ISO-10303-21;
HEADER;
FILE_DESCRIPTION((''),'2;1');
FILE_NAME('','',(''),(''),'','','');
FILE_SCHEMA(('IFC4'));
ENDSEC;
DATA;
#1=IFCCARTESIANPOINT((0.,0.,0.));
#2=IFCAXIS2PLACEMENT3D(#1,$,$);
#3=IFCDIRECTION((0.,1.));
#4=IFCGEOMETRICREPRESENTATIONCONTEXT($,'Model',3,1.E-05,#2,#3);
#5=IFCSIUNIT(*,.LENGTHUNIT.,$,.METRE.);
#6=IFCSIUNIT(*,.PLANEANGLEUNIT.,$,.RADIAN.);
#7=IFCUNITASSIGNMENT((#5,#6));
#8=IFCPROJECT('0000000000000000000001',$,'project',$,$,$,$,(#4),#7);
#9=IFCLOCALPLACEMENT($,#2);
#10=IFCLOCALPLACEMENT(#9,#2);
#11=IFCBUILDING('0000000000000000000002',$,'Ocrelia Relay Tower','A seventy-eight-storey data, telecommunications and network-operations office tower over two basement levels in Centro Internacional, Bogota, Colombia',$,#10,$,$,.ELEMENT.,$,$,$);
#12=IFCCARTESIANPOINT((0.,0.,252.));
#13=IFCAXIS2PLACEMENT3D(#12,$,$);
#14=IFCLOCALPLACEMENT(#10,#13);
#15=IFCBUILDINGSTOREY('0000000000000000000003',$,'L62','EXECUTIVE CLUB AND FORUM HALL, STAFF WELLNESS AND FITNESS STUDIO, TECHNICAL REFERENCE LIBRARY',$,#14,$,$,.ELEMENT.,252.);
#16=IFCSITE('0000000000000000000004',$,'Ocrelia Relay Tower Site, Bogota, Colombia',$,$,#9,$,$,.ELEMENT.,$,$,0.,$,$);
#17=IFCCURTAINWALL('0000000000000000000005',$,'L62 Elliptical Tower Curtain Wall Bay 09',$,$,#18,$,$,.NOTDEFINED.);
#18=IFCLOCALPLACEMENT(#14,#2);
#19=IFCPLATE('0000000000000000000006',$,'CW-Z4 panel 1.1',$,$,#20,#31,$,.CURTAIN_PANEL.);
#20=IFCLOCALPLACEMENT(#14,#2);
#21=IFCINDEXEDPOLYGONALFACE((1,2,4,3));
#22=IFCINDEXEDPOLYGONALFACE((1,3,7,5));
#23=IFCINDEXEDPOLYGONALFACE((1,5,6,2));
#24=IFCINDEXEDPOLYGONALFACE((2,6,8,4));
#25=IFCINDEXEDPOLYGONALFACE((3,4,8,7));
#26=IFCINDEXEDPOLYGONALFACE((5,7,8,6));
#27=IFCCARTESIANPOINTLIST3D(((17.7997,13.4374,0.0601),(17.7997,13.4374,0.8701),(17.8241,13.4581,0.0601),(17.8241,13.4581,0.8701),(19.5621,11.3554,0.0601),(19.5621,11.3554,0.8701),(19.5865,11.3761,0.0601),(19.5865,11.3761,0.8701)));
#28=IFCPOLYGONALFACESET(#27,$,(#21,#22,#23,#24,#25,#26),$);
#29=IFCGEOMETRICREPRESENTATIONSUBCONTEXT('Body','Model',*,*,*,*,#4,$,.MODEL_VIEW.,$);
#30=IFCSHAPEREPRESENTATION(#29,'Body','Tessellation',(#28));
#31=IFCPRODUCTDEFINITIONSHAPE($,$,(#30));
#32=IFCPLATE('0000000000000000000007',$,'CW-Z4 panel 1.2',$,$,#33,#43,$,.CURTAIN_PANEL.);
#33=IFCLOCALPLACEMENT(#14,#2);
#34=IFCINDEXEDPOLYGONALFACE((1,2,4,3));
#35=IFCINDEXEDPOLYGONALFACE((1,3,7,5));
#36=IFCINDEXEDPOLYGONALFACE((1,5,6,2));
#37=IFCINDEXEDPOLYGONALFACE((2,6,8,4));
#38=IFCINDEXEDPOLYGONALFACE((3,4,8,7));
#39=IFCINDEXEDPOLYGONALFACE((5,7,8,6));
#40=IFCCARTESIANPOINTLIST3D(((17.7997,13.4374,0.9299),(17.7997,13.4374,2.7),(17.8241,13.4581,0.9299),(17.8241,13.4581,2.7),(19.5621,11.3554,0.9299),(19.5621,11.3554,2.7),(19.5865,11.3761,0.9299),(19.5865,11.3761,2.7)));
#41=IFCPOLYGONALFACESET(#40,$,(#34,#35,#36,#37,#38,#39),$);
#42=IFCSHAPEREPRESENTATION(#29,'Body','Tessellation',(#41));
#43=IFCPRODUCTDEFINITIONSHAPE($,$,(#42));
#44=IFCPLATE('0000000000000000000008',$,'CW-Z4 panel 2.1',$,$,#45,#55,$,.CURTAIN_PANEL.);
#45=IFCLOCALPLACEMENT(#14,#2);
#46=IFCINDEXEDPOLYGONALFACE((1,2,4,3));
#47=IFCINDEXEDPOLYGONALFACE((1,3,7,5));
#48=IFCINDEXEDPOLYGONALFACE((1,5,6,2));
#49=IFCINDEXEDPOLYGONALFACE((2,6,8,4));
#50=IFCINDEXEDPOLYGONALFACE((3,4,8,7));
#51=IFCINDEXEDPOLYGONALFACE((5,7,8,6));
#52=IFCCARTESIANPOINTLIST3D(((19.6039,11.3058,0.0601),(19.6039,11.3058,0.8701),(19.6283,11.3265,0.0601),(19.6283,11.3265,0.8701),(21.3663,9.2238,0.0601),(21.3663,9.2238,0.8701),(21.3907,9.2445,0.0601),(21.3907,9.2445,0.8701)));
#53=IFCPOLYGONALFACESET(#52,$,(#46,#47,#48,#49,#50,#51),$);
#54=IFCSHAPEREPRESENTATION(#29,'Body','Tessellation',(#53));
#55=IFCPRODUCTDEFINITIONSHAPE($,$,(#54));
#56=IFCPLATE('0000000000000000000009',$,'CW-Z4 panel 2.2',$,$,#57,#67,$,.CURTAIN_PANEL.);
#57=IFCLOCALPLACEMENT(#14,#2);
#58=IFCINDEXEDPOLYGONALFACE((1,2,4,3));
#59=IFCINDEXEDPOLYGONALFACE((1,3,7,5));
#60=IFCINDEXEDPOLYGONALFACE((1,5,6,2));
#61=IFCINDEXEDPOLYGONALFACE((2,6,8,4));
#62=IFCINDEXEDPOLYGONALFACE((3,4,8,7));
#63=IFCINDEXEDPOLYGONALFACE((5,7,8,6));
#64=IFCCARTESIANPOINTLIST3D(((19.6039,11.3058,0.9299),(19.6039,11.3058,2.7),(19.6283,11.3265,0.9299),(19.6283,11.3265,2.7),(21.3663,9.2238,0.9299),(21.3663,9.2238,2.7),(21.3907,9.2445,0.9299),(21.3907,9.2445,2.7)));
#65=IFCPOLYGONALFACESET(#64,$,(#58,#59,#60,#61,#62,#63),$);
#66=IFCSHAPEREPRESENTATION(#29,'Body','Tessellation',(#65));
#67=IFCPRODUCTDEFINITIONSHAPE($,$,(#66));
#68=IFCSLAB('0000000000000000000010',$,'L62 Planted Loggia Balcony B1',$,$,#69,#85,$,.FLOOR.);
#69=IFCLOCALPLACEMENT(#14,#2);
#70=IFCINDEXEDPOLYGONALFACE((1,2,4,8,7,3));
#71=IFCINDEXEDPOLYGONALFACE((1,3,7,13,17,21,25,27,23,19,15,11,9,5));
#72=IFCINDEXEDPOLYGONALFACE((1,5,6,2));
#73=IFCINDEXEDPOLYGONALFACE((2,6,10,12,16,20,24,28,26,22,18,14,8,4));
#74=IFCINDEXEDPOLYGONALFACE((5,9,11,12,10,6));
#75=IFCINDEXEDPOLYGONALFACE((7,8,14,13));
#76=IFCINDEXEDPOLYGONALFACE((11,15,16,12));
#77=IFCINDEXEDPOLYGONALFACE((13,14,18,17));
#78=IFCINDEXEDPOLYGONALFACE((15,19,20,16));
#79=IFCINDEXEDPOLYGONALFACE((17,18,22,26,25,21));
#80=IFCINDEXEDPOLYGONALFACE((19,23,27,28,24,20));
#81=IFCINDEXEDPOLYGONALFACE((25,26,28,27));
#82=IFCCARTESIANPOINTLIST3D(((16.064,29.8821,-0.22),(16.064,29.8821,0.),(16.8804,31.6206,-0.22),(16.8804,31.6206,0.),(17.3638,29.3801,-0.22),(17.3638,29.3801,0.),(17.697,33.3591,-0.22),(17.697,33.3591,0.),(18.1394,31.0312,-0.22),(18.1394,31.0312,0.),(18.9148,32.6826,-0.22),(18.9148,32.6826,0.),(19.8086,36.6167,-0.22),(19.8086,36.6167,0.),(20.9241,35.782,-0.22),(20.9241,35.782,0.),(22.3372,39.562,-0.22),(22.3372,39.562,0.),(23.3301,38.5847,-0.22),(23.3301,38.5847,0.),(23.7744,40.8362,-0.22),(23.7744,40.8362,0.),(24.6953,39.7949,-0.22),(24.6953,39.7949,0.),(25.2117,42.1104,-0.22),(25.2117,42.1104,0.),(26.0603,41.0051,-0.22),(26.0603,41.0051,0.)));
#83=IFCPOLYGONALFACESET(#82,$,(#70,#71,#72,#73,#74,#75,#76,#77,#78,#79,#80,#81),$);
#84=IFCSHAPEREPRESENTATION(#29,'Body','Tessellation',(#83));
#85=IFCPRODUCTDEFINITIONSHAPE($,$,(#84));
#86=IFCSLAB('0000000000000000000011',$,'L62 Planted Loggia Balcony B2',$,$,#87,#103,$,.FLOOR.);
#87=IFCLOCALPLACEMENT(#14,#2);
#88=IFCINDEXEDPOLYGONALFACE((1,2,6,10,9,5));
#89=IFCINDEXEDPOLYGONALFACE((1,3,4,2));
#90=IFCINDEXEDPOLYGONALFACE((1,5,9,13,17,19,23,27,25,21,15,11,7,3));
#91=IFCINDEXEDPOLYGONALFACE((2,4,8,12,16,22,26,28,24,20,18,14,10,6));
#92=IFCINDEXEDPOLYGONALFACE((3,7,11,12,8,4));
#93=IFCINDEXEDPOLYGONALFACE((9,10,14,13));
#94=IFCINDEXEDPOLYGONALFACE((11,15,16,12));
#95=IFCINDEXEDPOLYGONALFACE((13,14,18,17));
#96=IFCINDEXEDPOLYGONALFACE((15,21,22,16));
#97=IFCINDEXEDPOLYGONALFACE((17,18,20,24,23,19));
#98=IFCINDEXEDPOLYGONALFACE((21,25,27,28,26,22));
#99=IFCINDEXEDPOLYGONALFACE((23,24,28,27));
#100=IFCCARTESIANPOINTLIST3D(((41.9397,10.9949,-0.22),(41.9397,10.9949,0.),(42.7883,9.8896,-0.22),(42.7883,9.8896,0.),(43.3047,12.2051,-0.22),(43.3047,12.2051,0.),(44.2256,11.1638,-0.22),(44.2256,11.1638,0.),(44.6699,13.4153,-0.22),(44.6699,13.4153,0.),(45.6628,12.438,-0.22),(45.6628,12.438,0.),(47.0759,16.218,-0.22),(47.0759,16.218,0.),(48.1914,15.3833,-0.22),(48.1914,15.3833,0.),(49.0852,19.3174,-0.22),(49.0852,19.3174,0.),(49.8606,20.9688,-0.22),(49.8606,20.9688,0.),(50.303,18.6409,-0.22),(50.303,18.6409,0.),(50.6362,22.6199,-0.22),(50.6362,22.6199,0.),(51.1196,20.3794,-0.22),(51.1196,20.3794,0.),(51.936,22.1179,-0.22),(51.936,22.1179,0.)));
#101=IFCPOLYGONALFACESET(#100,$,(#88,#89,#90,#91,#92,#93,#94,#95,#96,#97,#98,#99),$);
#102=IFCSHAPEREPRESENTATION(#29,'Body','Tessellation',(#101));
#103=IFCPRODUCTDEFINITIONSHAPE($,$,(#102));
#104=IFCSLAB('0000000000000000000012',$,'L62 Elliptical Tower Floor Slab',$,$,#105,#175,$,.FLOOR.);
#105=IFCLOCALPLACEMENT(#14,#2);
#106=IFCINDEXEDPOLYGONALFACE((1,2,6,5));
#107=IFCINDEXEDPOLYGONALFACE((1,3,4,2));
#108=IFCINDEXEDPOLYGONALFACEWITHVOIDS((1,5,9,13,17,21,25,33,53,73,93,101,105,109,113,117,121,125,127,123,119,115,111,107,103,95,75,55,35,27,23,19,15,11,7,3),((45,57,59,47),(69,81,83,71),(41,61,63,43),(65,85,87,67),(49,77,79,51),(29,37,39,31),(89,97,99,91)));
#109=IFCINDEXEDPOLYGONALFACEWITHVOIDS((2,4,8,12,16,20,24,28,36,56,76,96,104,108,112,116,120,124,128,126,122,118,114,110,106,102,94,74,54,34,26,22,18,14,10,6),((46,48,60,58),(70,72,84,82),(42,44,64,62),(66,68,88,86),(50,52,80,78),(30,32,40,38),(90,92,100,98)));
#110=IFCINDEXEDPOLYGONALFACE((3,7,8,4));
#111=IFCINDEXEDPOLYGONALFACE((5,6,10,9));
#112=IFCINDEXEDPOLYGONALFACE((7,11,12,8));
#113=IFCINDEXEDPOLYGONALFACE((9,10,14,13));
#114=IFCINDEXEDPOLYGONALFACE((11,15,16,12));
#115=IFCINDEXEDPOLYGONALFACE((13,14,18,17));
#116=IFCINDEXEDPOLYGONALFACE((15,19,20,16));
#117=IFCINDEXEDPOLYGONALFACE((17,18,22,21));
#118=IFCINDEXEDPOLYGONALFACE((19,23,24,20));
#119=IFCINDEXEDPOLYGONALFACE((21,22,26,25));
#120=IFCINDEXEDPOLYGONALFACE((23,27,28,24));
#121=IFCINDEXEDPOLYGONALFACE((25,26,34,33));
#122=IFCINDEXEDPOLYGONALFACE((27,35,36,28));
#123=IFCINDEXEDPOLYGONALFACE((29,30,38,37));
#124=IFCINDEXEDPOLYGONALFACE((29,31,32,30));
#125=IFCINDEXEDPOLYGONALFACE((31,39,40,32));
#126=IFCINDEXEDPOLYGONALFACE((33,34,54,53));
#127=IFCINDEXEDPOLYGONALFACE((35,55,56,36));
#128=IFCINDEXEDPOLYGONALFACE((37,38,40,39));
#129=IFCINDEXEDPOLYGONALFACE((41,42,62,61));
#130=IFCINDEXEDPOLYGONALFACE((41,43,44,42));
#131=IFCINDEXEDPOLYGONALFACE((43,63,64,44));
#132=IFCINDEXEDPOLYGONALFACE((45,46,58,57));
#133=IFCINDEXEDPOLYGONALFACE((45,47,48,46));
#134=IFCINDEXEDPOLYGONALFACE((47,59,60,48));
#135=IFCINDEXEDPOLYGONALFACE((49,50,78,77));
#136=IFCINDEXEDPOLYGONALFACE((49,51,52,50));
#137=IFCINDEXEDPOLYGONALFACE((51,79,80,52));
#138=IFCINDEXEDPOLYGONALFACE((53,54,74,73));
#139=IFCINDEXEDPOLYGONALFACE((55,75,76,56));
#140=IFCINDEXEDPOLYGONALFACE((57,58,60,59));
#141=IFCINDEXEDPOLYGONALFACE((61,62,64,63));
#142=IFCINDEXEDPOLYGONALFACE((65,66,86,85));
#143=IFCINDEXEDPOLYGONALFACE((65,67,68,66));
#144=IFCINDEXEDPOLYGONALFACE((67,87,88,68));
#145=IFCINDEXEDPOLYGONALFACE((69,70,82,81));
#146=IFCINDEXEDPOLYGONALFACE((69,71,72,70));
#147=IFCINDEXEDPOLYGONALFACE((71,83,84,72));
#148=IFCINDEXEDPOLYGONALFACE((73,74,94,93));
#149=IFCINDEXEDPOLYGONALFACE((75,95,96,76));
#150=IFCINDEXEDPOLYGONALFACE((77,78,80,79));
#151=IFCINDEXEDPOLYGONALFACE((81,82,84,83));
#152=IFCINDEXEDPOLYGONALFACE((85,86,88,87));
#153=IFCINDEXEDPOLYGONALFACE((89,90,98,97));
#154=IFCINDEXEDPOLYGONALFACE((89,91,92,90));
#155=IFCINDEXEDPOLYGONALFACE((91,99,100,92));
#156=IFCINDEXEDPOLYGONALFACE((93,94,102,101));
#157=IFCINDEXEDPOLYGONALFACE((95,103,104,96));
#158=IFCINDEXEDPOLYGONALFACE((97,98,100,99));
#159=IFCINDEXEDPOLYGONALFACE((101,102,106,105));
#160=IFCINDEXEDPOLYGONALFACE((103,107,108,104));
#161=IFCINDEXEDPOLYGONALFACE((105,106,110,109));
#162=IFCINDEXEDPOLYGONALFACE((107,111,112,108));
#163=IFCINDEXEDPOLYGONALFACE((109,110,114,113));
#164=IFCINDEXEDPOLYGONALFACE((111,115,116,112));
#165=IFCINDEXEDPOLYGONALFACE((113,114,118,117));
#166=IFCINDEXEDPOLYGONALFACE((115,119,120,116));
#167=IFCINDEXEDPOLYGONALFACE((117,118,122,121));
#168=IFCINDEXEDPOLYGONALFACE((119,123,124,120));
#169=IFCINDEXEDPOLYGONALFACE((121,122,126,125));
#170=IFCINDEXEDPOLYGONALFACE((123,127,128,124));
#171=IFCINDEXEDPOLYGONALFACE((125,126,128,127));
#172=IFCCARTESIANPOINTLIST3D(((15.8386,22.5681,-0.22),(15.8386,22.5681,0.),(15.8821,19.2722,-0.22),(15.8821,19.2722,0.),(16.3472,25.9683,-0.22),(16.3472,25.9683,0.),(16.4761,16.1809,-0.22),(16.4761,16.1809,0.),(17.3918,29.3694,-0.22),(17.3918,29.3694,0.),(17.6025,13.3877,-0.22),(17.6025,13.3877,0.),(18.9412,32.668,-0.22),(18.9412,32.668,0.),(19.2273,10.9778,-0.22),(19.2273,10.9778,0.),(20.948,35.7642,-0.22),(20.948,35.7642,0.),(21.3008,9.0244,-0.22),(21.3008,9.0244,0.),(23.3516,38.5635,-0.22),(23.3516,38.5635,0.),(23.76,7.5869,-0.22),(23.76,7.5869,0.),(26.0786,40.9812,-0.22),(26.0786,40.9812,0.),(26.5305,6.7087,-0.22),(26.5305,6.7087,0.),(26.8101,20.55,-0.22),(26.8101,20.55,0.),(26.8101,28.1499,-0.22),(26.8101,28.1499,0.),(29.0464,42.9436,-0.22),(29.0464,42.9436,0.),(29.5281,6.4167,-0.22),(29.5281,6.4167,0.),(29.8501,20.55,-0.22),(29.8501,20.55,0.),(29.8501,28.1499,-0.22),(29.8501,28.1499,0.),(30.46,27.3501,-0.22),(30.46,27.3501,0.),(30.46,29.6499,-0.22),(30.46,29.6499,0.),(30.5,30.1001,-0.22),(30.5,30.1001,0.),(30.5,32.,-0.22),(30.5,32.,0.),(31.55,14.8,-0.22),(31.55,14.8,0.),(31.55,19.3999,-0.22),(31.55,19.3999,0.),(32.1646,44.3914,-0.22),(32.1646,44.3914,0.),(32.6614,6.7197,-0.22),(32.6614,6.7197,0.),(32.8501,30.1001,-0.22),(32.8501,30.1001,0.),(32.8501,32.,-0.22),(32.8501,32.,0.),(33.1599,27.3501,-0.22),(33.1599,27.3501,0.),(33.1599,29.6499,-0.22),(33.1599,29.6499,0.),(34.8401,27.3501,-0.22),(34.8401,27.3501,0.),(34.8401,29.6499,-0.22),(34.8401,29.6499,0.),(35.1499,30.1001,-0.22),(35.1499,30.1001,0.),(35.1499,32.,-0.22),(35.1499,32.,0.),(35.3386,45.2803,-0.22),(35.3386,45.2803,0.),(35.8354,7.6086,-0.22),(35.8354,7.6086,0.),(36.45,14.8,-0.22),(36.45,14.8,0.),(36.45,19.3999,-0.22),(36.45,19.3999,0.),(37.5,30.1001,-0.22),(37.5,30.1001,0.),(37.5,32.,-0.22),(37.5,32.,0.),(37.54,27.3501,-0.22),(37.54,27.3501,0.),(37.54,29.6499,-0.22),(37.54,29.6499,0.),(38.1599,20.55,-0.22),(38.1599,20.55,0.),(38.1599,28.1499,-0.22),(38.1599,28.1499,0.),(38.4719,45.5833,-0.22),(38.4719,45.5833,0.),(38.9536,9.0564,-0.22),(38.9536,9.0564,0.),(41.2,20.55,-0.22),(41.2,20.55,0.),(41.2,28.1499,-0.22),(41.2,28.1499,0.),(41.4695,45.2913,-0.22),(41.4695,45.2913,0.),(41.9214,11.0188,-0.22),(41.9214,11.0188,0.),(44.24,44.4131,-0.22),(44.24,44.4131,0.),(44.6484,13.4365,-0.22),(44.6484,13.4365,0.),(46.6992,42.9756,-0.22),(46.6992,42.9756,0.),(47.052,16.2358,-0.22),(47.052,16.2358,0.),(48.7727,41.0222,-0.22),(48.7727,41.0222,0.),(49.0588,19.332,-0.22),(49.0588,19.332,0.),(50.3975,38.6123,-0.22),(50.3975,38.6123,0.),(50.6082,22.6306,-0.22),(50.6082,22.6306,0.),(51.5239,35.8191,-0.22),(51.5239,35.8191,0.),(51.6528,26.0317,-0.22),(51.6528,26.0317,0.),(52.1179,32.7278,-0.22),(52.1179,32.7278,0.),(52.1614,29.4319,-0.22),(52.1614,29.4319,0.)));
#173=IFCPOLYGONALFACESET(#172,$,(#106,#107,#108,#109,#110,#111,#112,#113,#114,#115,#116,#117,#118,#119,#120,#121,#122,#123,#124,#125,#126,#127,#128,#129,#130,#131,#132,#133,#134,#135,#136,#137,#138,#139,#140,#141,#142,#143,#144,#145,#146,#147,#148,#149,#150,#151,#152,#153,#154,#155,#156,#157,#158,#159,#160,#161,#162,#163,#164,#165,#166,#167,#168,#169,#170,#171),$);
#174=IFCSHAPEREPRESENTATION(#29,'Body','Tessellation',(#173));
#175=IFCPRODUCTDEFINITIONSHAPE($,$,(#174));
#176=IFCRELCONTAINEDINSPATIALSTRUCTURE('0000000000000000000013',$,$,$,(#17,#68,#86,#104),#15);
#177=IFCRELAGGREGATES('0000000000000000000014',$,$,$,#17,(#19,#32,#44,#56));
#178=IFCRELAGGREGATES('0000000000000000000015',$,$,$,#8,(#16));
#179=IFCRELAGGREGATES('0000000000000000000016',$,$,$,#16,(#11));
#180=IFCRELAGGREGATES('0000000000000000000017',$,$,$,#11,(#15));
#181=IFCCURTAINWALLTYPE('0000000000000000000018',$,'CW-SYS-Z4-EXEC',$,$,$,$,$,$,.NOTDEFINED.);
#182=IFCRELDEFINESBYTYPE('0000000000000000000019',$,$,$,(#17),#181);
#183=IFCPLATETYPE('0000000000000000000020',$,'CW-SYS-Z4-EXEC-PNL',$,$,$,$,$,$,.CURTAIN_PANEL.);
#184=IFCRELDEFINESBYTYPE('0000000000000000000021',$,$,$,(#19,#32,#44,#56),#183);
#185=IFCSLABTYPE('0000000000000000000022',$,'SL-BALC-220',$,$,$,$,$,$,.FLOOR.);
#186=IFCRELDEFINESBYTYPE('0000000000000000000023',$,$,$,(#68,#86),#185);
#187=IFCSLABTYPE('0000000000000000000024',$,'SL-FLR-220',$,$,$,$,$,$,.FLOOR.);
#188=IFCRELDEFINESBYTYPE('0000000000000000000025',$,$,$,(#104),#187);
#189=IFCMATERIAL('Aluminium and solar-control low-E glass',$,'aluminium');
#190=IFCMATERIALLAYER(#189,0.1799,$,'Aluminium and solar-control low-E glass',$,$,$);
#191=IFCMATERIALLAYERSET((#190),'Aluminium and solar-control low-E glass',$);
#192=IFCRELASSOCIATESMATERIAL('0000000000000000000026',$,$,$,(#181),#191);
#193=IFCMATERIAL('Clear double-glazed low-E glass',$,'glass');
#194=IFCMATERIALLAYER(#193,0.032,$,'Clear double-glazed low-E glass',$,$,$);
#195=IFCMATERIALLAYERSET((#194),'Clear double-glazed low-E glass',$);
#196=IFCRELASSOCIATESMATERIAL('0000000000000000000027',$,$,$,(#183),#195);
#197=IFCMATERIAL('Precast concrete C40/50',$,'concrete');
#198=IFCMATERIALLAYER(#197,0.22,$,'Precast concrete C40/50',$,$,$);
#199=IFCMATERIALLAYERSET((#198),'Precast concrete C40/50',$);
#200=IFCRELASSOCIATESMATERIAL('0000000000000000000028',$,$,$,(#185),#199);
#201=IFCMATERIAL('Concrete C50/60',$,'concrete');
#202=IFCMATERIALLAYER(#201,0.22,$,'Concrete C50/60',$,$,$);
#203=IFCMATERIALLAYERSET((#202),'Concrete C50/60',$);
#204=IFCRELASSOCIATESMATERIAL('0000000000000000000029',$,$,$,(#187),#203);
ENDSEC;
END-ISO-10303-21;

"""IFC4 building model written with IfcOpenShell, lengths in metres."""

from ifc_helpers import new_model, si_unit, direction, frame, origin, origin_2d, place, context, subcontext, project, spatial, polyline, rectangle, outline, extrude, material, layer, layer_set, type_object, element, aggregate, save


model = new_model("IFC4")

# Units and contexts
model_context = context("Model", 3, precision=1e-05, world=origin(), true_north=direction((0.0, 1.0)))
body_context = subcontext(model_context, "Body", "Model", "MODEL_VIEW")
ifc_project = project(units=[si_unit("LENGTHUNIT", "METRE"), si_unit("PLANEANGLEUNIT", "RADIAN")], contexts=[model_context])

# Site, building, storey
site_placement = place(None, origin())
site = spatial("IfcSite", under=ifc_project, at=site_placement, Name="Ocrelia Relay Tower Site, Bogota, Colombia", CompositionType="ELEMENT", RefElevation=0.0)
building_placement = place(site_placement, origin())
building = spatial("IfcBuilding", under=site, at=building_placement, Name="Ocrelia Relay Tower", Description="A seventy-eight-storey data, telecommunications and network-operations office tower over two basement levels in Centro Internacional, Bogota, Colombia", CompositionType="ELEMENT")
storey_placement = place(building_placement, frame((0.0, 0.0, 252.0)))
storey = spatial("IfcBuildingStorey", under=building, at=storey_placement, Name="L62", Description="EXECUTIVE CLUB AND FORUM HALL, STAFF WELLNESS AND FITNESS STUDIO, TECHNICAL REFERENCE LIBRARY", CompositionType="ELEMENT", Elevation=252.0)

# Shared definitions
ifc_material_1 = material(Name="Concrete C50/60", Category="concrete")

# Curtain wall
ifc_material_2 = material(Name="Aluminium and solar-control low-E glass", Category="aluminium")
ifc_layer_1 = layer(ifc_material_2, 0.1799, Name="Aluminium and solar-control low-E glass")
ifc_layer_set_1 = layer_set([ifc_layer_1], Name="Aluminium and solar-control low-E glass")
curtain_wall_type = type_object("IfcCurtainWallType", Name="CW-SYS-Z4-EXEC", PredefinedType="NOTDEFINED", material=ifc_layer_set_1)
curtain_wall_1_placement = place(storey_placement, origin())
curtain_wall_1 = element("IfcCurtainWall", 1, at=curtain_wall_1_placement, inside=storey, type_object=curtain_wall_type, Name="L62 Elliptical Tower Curtain Wall Bay 09", PredefinedType="NOTDEFINED")

# Plates
ifc_material_3 = material(Name="Clear double-glazed low-E glass", Category="glass")
ifc_layer_2 = layer(ifc_material_3, 0.032, Name="Clear double-glazed low-E glass")
ifc_layer_set_2 = layer_set([ifc_layer_2], Name="Clear double-glazed low-E glass")
plate_type = type_object("IfcPlateType", Name="CW-SYS-Z4-EXEC-PNL", PredefinedType="CURTAIN_PANEL", material=ifc_layer_set_2)
plate_1_placement = place(storey_placement, frame((18.6931, 12.4067, 0.0601), z_axis=(0.0, 0.0, 1.0), x_axis=(0.646086, -0.763265, 0.0)))
plate_1 = element("IfcPlate", 2, at=plate_1_placement, type_object=plate_type, Name="CW-Z4 panel 1.1", PredefinedType="CURTAIN_PANEL", context=body_context, shape_type="SweptSolid", body=[
    extrude(rectangle(XDim=2.7278, YDim=0.032, at=origin_2d()), origin(), (0.0, 0.0, 1.0), 0.8101),
])
plate_2_placement = place(storey_placement, frame((18.6931, 12.4067, 0.9299), z_axis=(0.0, 0.0, 1.0), x_axis=(0.646086, -0.763265, 0.0)))
plate_2 = element("IfcPlate", 3, at=plate_2_placement, type_object=plate_type, Name="CW-Z4 panel 1.2", PredefinedType="CURTAIN_PANEL", context=body_context, shape_type="SweptSolid", body=[
    extrude(rectangle(XDim=2.7278, YDim=0.032, at=origin_2d()), origin(), (0.0, 0.0, 1.0), 1.77),
])
plate_3_placement = place(storey_placement, frame((20.4973, 10.2751, 0.0601), z_axis=(0.0, 0.0, 1.0), x_axis=(0.646086, -0.763265, 0.0)))
plate_3 = element("IfcPlate", 4, at=plate_3_placement, type_object=plate_type, Name="CW-Z4 panel 2.1", PredefinedType="CURTAIN_PANEL", context=body_context, shape_type="SweptSolid", body=[
    extrude(rectangle(XDim=2.7278, YDim=0.032, at=origin_2d()), origin(), (0.0, 0.0, 1.0), 0.8101),
])
plate_4_placement = place(storey_placement, frame((20.4973, 10.2751, 0.9299), z_axis=(0.0, 0.0, 1.0), x_axis=(0.646086, -0.763265, 0.0)))
plate_4 = element("IfcPlate", 5, at=plate_4_placement, type_object=plate_type, Name="CW-Z4 panel 2.2", PredefinedType="CURTAIN_PANEL", context=body_context, shape_type="SweptSolid", body=[
    extrude(rectangle(XDim=2.7278, YDim=0.032, at=origin_2d()), origin(), (0.0, 0.0, 1.0), 1.77),
])
aggregate(curtain_wall_1, [plate_1, plate_2, plate_3, plate_4])

# Slabs
ifc_material_4 = material(Name="Precast concrete C40/50", Category="concrete")
ifc_layer_3 = layer(ifc_material_4, 0.22, Name="Precast concrete C40/50")
ifc_layer_set_3 = layer_set([ifc_layer_3], Name="Precast concrete C40/50")
slab_type_1 = type_object("IfcSlabType", Name="SL-BALC-220", PredefinedType="FLOOR", material=ifc_layer_set_3)
slab_1_placement = place(storey_placement, frame((0.0, 0.0, -0.22)))
element("IfcSlab", 6, at=slab_1_placement, inside=storey, type_object=slab_type_1, Name="L62 Planted Loggia Balcony B1", PredefinedType="FLOOR", context=body_context, shape_type="SweptSolid", body=[
    extrude(outline(polyline([(26.0603, 41.0051), (24.6953, 39.7949), (23.3301, 38.5847), (20.9241, 35.782), (18.9148, 32.6826), (18.1394, 31.0312), (17.3638, 29.3801), (16.064, 29.8821), (16.8804, 31.6206), (17.697, 33.3591), (19.8086, 36.6167), (22.3372, 39.562), (23.7744, 40.8362), (25.2117, 42.1104), (26.0603, 41.0051)])), origin(), (0.0, 0.0, 1.0), 0.22),
])
slab_2_placement = place(storey_placement, frame((0.0, 0.0, -0.22)))
element("IfcSlab", 7, at=slab_2_placement, inside=storey, type_object=slab_type_1, Name="L62 Planted Loggia Balcony B2", PredefinedType="FLOOR", context=body_context, shape_type="SweptSolid", body=[
    extrude(outline(polyline([(41.9397, 10.9949), (43.3047, 12.2051), (44.6699, 13.4153), (47.0759, 16.218), (49.0852, 19.3174), (49.8606, 20.9688), (50.6362, 22.6199), (51.936, 22.1179), (51.1196, 20.3794), (50.303, 18.6409), (48.1914, 15.3833), (45.6628, 12.438), (44.2256, 11.1638), (42.7883, 9.8896), (41.9397, 10.9949)])), origin(), (0.0, 0.0, 1.0), 0.22),
])
ifc_layer_4 = layer(ifc_material_1, 0.22, Name="Concrete C50/60")
ifc_layer_set_4 = layer_set([ifc_layer_4], Name="Concrete C50/60")
slab_type_2 = type_object("IfcSlabType", Name="SL-FLR-220", PredefinedType="FLOOR", material=ifc_layer_set_4)
slab_3_placement = place(storey_placement, frame((0.0, 0.0, -0.22)))
element("IfcSlab", 8, at=slab_3_placement, inside=storey, type_object=slab_type_2, Name="L62 Elliptical Tower Floor Slab", PredefinedType="FLOOR", context=body_context, shape_type="SweptSolid", body=[
    extrude(outline(polyline([(46.6992, 42.9756), (44.24, 44.4131), (41.4695, 45.2913), (38.4719, 45.5833), (35.3386, 45.2803), (32.1646, 44.3914), (29.0464, 42.9436), (26.0786, 40.9812), (23.3516, 38.5635), (20.948, 35.7642), (18.9412, 32.668), (17.3918, 29.3694), (16.3472, 25.9683), (15.8386, 22.5681), (15.8821, 19.2722), (16.4761, 16.1809), (17.6025, 13.3877), (19.2273, 10.9778), (21.3008, 9.0244), (23.76, 7.5869), (26.5305, 6.7087), (29.5281, 6.4167), (32.6614, 6.7197), (35.8354, 7.6086), (38.9536, 9.0564), (41.9214, 11.0188), (44.6484, 13.4365), (47.052, 16.2358), (49.0588, 19.332), (50.6082, 22.6306), (51.6528, 26.0317), (52.1614, 29.4319), (52.1179, 32.7278), (51.5239, 35.8191), (50.3975, 38.6123), (48.7727, 41.0222), (46.6992, 42.9756)]), holes=[polyline([(26.8101, 28.1499), (26.8101, 20.55), (29.8501, 20.55), (29.8501, 28.1499), (26.8101, 28.1499)]), polyline([(38.1599, 28.1499), (38.1599, 20.55), (41.2, 20.55), (41.2, 28.1499), (38.1599, 28.1499)]), polyline([(30.46, 27.3501), (33.1599, 27.3501), (33.1599, 29.6499), (30.46, 29.6499), (30.46, 27.3501)]), polyline([(34.8401, 27.3501), (37.54, 27.3501), (37.54, 29.6499), (34.8401, 29.6499), (34.8401, 27.3501)]), polyline([(30.5, 30.1001), (32.8501, 30.1001), (32.8501, 32.0), (30.5, 32.0), (30.5, 30.1001)]), polyline([(35.1499, 30.1001), (37.5, 30.1001), (37.5, 32.0), (35.1499, 32.0), (35.1499, 30.1001)]), polyline([(31.55, 14.8), (36.45, 14.8), (36.45, 19.3999), (31.55, 19.3999), (31.55, 14.8)])]), origin(), (0.0, 0.0, 1.0), 0.22),
])

save(model, "model.ifc")
